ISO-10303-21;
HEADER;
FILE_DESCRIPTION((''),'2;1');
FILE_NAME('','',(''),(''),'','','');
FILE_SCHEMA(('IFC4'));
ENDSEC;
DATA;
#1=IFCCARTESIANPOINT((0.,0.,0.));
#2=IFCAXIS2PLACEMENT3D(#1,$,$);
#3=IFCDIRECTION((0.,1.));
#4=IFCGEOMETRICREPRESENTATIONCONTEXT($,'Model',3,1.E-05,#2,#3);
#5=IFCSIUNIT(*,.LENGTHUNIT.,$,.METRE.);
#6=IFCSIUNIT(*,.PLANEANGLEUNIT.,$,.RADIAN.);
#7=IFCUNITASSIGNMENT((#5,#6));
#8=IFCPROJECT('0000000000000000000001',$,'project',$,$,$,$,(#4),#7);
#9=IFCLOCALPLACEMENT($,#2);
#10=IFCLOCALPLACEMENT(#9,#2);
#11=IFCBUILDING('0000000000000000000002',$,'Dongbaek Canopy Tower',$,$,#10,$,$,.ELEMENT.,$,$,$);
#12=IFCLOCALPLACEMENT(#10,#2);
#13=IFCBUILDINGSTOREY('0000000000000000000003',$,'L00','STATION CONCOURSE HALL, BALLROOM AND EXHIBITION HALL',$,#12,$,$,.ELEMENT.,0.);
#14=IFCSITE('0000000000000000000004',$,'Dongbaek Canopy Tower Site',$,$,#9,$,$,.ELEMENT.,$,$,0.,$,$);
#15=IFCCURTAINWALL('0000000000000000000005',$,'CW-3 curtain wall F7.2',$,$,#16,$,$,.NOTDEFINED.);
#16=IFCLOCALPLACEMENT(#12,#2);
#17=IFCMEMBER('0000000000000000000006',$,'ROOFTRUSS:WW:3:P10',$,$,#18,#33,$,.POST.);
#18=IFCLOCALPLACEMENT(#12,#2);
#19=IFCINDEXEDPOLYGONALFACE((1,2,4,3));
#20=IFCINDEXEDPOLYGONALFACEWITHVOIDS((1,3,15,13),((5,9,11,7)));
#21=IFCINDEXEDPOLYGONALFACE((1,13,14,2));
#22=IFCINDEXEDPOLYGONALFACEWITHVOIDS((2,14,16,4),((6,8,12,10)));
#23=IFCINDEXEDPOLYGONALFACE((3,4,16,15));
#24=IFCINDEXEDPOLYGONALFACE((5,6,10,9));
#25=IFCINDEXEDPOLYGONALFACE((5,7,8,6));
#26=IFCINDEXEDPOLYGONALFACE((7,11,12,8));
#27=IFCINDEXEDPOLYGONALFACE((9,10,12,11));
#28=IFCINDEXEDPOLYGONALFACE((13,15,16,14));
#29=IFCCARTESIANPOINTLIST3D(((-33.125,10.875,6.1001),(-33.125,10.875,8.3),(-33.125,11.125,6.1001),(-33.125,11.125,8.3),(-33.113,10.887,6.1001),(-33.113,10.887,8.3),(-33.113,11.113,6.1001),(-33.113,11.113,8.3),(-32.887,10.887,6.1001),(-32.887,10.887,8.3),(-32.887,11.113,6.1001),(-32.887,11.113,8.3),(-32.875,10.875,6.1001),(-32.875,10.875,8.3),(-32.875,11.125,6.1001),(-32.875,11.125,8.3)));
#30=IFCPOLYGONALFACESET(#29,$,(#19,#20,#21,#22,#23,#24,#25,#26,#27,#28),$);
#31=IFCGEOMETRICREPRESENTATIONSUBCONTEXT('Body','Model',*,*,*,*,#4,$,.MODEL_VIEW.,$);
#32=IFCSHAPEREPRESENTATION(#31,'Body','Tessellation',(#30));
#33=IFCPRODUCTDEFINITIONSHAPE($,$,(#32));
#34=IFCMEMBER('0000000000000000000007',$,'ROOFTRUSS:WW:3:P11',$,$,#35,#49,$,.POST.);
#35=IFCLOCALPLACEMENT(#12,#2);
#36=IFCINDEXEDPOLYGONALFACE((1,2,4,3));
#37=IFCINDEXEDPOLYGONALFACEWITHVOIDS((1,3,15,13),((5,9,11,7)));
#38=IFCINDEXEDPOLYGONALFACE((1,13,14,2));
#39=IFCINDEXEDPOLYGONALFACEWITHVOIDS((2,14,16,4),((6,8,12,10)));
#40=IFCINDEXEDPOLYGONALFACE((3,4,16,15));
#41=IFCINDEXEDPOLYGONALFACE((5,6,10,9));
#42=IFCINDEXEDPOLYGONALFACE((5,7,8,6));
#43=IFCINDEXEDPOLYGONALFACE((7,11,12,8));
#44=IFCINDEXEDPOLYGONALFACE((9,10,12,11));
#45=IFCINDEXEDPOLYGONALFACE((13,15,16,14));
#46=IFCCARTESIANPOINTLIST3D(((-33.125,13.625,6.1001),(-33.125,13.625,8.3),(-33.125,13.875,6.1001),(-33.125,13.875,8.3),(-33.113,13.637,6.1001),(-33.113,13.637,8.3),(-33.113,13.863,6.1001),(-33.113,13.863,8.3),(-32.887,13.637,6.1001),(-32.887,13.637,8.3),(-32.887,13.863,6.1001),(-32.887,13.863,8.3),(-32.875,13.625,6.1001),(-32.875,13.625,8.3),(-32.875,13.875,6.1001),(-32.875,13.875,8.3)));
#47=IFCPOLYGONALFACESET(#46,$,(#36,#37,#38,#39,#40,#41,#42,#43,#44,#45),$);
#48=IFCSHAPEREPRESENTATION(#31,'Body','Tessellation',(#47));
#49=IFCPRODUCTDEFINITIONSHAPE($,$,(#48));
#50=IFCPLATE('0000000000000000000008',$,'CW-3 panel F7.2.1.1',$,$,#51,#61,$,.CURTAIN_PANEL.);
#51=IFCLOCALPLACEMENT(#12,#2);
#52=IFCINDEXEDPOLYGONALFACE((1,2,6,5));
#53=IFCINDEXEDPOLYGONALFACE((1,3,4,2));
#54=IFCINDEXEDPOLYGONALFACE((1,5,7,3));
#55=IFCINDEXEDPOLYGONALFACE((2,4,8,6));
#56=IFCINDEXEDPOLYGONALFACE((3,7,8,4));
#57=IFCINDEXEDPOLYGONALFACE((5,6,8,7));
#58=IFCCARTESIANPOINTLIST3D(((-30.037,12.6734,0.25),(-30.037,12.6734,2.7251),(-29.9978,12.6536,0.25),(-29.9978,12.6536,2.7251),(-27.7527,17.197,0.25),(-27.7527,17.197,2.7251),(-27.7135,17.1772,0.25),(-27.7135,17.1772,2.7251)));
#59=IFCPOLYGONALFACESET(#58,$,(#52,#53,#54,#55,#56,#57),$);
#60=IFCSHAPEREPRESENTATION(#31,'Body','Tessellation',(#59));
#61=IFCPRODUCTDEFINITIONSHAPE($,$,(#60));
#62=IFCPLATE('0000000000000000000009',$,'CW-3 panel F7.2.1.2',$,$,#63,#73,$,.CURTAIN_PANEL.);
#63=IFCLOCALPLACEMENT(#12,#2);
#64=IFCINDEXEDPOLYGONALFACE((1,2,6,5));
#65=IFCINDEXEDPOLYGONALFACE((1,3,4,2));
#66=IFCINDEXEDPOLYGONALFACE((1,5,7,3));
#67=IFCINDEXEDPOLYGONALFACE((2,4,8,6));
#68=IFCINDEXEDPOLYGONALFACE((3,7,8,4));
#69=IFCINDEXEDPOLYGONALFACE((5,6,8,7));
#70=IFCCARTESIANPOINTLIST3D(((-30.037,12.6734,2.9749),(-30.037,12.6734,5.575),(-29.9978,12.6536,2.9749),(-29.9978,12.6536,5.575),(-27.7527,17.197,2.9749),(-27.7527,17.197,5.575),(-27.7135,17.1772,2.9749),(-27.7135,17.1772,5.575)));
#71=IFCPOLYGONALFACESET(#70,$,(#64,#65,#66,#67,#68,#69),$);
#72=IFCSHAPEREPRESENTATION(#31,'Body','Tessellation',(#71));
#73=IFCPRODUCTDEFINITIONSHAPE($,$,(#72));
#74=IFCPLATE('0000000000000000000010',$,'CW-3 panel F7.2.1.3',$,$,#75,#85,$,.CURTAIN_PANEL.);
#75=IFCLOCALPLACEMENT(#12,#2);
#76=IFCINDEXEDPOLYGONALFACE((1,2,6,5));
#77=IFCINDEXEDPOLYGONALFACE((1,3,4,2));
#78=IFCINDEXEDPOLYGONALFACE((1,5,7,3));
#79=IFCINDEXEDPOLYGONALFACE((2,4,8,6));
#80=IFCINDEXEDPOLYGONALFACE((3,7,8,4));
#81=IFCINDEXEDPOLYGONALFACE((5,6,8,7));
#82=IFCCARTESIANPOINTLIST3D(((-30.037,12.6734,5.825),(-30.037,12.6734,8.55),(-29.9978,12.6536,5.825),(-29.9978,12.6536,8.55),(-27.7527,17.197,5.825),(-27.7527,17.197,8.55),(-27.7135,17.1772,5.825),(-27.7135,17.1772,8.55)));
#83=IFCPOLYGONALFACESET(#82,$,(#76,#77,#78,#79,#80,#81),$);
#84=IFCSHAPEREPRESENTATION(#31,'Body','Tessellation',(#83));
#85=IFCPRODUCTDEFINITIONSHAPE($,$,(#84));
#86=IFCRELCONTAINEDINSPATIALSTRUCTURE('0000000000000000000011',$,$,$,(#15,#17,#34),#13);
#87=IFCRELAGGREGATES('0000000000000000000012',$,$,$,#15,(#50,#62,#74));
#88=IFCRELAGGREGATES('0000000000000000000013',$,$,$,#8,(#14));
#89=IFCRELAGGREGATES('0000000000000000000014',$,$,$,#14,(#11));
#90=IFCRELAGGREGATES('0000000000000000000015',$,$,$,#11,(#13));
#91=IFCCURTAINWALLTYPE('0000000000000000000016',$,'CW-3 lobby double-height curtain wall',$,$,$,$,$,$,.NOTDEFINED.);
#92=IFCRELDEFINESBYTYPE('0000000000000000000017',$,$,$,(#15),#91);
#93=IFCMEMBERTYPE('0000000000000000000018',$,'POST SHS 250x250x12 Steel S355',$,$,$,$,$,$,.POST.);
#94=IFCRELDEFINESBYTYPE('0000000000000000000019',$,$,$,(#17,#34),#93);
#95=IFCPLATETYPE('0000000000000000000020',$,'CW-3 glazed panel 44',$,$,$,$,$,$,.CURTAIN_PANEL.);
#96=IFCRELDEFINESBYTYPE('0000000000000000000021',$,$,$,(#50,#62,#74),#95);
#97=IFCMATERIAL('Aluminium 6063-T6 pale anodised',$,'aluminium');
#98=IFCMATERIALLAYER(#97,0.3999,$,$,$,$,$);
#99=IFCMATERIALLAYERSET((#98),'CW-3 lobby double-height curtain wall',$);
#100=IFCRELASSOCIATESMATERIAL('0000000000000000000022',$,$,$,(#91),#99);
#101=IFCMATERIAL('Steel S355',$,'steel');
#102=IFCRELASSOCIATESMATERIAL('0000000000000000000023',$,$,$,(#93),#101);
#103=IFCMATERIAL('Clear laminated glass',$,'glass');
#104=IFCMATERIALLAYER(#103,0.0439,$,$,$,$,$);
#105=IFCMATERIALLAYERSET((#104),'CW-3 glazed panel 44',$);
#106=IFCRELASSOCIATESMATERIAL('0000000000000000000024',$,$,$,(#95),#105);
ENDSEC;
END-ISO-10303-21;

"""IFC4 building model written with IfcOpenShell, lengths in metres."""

from ifc_helpers import new_model, si_unit, direction, frame, origin, origin_2d, place, context, subcontext, project, spatial, rectangle, hollow_rectangle, extrude, material, layer, layer_set, material_profile, profile_set, type_object, element, aggregate, save


model = new_model("IFC4")

# Units and contexts
model_context = context("Model", 3, precision=1e-05, world=origin(), true_north=direction((0.0, 1.0)))
body_context = subcontext(model_context, "Body", "Model", "MODEL_VIEW")
ifc_project = project(units=[si_unit("LENGTHUNIT", "METRE"), si_unit("PLANEANGLEUNIT", "RADIAN")], contexts=[model_context])

# Site, building, storey
site_placement = place(None, origin())
site = spatial("IfcSite", under=ifc_project, at=site_placement, Name="Dongbaek Canopy Tower Site", CompositionType="ELEMENT", RefElevation=0.0)
building_placement = place(site_placement, origin())
building = spatial("IfcBuilding", under=site, at=building_placement, Name="Dongbaek Canopy Tower", CompositionType="ELEMENT")
storey_placement = place(building_placement, origin())
storey = spatial("IfcBuildingStorey", under=building, at=storey_placement, Name="L00", Description="STATION CONCOURSE HALL, BALLROOM AND EXHIBITION HALL", CompositionType="ELEMENT", Elevation=0.0)

# Curtain wall
ifc_material_1 = material(Name="Aluminium 6063-T6 pale anodised", Category="aluminium")
ifc_layer_1 = layer(ifc_material_1, 0.3999)
ifc_layer_set_1 = layer_set([ifc_layer_1], Name="CW-3 lobby double-height curtain wall")
curtain_wall_type = type_object("IfcCurtainWallType", Name="CW-3 lobby double-height curtain wall", PredefinedType="NOTDEFINED", material=ifc_layer_set_1)
curtain_wall_placement = place(storey_placement, origin())
curtain_wall = element("IfcCurtainWall", 1, at=curtain_wall_placement, inside=storey, type_object=curtain_wall_type, Name="CW-3 curtain wall F7.2", PredefinedType="NOTDEFINED")

# Members
ifc_material_2 = material(Name="Steel S355", Category="steel")
ifc_material_profile_1 = material_profile(ifc_material_2, hollow_rectangle(XDim=0.25, YDim=0.25, WallThickness=0.012, at=origin_2d()), Name="POST SHS 250x250x12 Steel S355")
ifc_profile_set_1 = profile_set([ifc_material_profile_1], Name="Steel S355")
member_type_1 = type_object("IfcMemberType", Name="POST SHS 250x250x12 Steel S355", PredefinedType="POST", material=ifc_profile_set_1)
for number, where, z_axis, x_axis, name in (
    (2, (-33.0, 11.0, 6.1001), (0.0, 0.0, 1.0), (1.0, 0.0, 0.0), "ROOFTRUSS:WW:3:P10"),
    (3, (-33.0, 13.75, 6.1001), (0.0, 0.0, 1.0), (1.0, 0.0, 0.0), "ROOFTRUSS:WW:3:P11"),
):
    element("IfcMember", number, at=place(storey_placement, frame(where, z_axis=z_axis, x_axis=x_axis)), inside=storey, type_object=member_type_1, Name=name, PredefinedType="POST", context=body_context, shape_type="SweptSolid", body=[
        extrude(hollow_rectangle(XDim=0.25, YDim=0.25, WallThickness=0.012, at=origin_2d()), origin(), (0.0, 0.0, 1.0), 2.2),
    ])

# Plates
ifc_material_3 = material(Name="Clear laminated glass", Category="glass")
ifc_layer_2 = layer(ifc_material_3, 0.0439)
ifc_layer_set_2 = layer_set([ifc_layer_2], Name="CW-3 glazed panel 44")
plate_type = type_object("IfcPlateType", Name="CW-3 glazed panel 44", PredefinedType="CURTAIN_PANEL", material=ifc_layer_set_2)
plate_1_placement = place(storey_placement, frame((-28.8752, 14.9253, 0.25), z_axis=(0.0, 0.0, 1.0), x_axis=(-0.450769, -0.89264, 0.0)))
plate_1 = element("IfcPlate", 4, at=plate_1_placement, type_object=plate_type, Name="CW-3 panel F7.2.1.1", PredefinedType="CURTAIN_PANEL", context=body_context, shape_type="SweptSolid", body=[
    extrude(rectangle(XDim=5.0676, YDim=0.0439, at=origin_2d()), origin(), (0.0, 0.0, 1.0), 2.4751),
])
plate_2_placement = place(storey_placement, frame((-28.8752, 14.9253, 2.9749), z_axis=(0.0, 0.0, 1.0), x_axis=(-0.450769, -0.89264, 0.0)))
plate_2 = element("IfcPlate", 5, at=plate_2_placement, type_object=plate_type, Name="CW-3 panel F7.2.1.2", PredefinedType="CURTAIN_PANEL", context=body_context, shape_type="SweptSolid", body=[
    extrude(rectangle(XDim=5.0676, YDim=0.0439, at=origin_2d()), origin(), (0.0, 0.0, 1.0), 2.6001),
])
plate_3_placement = place(storey_placement, frame((-28.8752, 14.9253, 5.825), z_axis=(0.0, 0.0, 1.0), x_axis=(-0.450769, -0.89264, 0.0)))
plate_3 = element("IfcPlate", 6, at=plate_3_placement, type_object=plate_type, Name="CW-3 panel F7.2.1.3", PredefinedType="CURTAIN_PANEL", context=body_context, shape_type="SweptSolid", body=[
    extrude(rectangle(XDim=5.0676, YDim=0.0439, at=origin_2d()), origin(), (0.0, 0.0, 1.0), 2.7251),
])
aggregate(curtain_wall, [plate_1, plate_2, plate_3])

save(model, "model.ifc")
